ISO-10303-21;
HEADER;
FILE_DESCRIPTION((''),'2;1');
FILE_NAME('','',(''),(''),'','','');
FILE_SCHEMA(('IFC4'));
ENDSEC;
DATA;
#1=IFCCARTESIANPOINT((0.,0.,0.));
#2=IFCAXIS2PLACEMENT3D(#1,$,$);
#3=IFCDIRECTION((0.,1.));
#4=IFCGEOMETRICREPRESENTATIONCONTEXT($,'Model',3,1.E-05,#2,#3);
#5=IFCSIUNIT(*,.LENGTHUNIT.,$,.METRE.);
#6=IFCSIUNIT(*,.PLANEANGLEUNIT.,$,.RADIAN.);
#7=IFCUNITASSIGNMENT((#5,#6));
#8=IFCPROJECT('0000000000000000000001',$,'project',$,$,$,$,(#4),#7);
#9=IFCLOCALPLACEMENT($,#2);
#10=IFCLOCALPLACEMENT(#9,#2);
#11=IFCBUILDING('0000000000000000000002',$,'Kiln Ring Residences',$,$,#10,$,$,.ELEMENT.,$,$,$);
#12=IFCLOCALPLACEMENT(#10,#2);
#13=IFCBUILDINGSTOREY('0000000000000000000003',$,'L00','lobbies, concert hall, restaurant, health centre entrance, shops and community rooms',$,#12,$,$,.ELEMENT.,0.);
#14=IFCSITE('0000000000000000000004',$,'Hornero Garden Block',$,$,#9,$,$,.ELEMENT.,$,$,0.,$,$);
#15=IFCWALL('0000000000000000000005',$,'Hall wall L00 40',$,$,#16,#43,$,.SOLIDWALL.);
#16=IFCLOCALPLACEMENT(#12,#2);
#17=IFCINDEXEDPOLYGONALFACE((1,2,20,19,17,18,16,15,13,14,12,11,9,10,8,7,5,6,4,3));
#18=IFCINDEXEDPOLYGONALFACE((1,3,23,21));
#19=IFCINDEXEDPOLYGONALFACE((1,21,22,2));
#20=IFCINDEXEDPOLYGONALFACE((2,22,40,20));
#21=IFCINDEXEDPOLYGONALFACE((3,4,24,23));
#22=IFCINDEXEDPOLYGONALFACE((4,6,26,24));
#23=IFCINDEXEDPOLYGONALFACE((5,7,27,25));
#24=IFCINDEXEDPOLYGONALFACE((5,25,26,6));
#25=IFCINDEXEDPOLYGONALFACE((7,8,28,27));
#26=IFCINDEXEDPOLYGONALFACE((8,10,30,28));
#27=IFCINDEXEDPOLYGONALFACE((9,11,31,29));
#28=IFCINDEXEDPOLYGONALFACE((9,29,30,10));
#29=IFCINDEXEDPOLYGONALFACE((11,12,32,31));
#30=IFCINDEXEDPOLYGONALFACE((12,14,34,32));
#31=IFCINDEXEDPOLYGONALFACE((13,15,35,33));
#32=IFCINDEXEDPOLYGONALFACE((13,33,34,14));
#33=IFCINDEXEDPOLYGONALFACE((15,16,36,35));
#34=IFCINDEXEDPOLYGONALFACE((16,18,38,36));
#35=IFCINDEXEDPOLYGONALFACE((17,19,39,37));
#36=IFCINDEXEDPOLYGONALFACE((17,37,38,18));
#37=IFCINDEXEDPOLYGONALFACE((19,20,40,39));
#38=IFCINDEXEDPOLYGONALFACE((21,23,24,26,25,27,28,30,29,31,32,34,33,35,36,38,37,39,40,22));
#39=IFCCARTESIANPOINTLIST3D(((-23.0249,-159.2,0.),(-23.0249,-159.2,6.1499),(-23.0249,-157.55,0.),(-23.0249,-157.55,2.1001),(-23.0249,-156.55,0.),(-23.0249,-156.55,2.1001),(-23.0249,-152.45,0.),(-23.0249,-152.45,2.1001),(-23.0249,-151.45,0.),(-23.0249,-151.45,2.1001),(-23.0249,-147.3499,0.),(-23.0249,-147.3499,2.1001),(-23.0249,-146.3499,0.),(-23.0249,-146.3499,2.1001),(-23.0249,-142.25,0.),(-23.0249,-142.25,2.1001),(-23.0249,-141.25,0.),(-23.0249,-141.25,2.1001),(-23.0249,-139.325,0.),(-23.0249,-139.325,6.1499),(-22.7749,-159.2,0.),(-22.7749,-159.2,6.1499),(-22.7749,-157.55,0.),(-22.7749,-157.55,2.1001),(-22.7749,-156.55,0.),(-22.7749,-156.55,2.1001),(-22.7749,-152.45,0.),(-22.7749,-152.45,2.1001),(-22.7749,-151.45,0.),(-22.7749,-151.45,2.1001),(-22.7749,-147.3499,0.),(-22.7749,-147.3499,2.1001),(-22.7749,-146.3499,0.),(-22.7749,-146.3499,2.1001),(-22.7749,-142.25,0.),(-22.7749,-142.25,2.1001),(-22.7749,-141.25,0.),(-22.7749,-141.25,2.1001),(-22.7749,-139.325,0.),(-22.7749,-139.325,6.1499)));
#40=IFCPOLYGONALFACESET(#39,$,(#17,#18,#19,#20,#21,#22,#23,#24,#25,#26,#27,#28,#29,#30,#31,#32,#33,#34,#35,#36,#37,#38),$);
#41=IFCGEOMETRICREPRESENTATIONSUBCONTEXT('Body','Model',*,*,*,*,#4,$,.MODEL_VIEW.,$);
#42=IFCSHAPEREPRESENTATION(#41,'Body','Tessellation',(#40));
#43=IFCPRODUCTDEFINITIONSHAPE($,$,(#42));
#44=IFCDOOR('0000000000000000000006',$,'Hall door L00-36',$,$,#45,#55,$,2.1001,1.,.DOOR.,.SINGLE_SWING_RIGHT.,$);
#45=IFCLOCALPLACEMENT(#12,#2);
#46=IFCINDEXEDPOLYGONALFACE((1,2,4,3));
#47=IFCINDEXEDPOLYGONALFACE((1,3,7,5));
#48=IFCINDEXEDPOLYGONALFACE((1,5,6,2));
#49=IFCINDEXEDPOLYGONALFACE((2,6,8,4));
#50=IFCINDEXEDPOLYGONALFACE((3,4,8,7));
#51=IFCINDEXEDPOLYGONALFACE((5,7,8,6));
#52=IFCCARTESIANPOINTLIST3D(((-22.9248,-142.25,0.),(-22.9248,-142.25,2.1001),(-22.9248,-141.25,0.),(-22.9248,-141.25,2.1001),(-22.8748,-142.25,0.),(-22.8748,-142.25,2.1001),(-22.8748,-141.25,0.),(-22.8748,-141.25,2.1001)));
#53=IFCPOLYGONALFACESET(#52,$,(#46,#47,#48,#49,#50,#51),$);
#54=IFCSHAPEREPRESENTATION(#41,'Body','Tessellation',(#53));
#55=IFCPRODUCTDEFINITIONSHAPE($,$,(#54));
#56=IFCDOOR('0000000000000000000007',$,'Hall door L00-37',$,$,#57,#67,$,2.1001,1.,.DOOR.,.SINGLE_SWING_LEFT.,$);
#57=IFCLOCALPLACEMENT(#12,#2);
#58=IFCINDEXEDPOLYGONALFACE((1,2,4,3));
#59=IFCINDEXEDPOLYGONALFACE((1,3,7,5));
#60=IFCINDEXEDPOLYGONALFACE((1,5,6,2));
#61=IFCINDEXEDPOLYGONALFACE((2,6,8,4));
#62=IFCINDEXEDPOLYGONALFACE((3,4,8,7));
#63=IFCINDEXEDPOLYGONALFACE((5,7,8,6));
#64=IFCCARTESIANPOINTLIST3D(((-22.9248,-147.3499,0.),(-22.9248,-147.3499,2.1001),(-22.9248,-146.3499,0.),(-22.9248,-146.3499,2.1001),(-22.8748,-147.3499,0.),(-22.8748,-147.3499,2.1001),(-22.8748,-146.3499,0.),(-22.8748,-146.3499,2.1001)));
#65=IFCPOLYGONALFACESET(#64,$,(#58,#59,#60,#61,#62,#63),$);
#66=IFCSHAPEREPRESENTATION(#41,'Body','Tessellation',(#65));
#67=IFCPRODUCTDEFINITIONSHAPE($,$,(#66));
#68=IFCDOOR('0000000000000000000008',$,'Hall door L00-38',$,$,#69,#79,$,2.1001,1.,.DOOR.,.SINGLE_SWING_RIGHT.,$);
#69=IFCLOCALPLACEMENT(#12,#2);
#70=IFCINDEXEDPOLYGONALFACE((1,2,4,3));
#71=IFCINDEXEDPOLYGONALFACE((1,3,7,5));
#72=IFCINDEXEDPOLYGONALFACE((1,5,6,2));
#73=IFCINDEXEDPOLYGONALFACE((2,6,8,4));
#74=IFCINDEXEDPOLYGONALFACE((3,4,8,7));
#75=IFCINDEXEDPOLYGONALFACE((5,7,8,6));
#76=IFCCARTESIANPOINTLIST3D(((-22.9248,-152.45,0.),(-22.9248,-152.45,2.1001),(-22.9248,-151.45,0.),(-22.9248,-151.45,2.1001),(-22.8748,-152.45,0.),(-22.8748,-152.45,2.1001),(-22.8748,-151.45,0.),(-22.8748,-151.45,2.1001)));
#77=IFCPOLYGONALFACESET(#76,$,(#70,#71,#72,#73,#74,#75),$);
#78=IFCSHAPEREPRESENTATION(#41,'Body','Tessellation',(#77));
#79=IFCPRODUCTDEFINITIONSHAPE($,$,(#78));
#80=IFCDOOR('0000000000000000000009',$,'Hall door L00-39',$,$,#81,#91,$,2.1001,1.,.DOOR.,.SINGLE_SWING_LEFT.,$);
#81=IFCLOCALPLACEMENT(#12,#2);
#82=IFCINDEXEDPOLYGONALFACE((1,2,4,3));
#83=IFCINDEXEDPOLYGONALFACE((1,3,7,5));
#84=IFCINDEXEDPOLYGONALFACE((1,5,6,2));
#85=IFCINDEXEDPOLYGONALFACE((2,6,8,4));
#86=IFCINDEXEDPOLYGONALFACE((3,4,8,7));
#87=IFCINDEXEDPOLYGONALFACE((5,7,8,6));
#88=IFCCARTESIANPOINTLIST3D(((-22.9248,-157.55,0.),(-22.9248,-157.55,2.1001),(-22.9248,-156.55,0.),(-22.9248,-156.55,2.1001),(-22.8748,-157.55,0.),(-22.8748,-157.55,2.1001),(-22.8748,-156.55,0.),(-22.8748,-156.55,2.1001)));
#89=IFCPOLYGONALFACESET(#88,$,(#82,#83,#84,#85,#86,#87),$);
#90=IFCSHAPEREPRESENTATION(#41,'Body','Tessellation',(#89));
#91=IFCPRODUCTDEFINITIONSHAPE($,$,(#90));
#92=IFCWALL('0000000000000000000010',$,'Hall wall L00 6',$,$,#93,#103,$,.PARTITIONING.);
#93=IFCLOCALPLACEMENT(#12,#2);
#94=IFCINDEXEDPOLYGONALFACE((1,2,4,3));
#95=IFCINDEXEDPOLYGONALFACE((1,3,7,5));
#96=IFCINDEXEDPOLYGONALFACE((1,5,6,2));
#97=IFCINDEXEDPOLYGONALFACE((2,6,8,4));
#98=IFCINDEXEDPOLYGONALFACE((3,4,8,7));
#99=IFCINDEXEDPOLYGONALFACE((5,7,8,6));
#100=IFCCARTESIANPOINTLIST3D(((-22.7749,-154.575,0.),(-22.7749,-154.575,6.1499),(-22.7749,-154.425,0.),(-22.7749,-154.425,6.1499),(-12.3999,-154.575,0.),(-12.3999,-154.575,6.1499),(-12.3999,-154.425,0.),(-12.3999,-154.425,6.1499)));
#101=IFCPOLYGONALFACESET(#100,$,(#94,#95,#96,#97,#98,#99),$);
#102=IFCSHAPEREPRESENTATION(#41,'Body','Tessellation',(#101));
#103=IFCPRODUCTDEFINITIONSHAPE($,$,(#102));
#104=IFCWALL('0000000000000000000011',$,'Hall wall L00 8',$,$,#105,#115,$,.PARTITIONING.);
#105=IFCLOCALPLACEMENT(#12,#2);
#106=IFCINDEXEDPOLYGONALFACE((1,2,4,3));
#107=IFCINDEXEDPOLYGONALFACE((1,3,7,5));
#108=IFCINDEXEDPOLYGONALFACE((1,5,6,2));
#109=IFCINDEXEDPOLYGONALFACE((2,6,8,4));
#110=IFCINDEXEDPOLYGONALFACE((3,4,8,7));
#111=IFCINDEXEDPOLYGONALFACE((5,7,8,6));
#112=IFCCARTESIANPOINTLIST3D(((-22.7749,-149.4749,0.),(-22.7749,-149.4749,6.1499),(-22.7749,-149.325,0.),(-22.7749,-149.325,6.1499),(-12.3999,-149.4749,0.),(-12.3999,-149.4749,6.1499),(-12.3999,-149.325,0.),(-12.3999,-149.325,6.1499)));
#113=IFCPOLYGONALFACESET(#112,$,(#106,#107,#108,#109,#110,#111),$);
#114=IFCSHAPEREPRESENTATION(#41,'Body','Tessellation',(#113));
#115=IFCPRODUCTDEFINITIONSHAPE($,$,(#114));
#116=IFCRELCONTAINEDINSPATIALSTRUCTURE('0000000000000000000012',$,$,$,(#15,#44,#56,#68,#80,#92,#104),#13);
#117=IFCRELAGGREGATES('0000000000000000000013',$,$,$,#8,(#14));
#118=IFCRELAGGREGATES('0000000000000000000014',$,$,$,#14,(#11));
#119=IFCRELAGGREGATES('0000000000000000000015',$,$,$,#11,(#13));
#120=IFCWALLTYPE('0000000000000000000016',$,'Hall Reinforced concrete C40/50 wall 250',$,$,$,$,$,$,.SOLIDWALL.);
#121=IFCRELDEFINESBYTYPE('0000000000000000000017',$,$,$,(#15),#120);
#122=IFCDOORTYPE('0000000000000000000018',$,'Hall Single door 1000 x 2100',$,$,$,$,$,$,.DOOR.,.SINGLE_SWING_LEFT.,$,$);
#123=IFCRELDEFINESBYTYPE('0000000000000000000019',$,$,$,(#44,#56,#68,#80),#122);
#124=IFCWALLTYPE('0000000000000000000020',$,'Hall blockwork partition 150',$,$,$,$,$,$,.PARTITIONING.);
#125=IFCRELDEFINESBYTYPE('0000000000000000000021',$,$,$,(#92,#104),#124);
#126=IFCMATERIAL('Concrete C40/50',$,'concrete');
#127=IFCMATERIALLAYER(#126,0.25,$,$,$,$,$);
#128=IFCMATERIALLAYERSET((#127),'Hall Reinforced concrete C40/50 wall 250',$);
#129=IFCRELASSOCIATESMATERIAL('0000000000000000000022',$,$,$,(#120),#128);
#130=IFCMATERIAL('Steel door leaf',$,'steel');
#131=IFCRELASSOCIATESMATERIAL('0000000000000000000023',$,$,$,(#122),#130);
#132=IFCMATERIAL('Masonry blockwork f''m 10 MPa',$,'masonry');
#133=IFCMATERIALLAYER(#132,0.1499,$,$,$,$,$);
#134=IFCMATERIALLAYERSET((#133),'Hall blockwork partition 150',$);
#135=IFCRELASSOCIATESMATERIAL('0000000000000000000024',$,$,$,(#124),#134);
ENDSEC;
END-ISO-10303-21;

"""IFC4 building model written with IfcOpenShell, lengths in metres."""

from ifc_helpers import new_model, si_unit, direction, frame, frame_2d, origin, place, context, subcontext, project, spatial, rectangle, extrude, material, layer, layer_set, type_object, element, fill, save


model = new_model("IFC4")

# Units and contexts
model_context = context("Model", 3, precision=1e-05, world=origin(), true_north=direction((0.0, 1.0)))
body_context = subcontext(model_context, "Body", "Model", "MODEL_VIEW")
ifc_project = project(units=[si_unit("LENGTHUNIT", "METRE"), si_unit("PLANEANGLEUNIT", "RADIAN")], contexts=[model_context])

# Site, building, storey
site_placement = place(None, origin())
site = spatial("IfcSite", under=ifc_project, at=site_placement, Name="Hornero Garden Block", CompositionType="ELEMENT", RefElevation=0.0)
building_placement = place(site_placement, origin())
building = spatial("IfcBuilding", under=site, at=building_placement, Name="Kiln Ring Residences", CompositionType="ELEMENT")
storey_placement = place(building_placement, origin())
storey = spatial("IfcBuildingStorey", under=building, at=storey_placement, Name="L00", Description="lobbies, concert hall, restaurant, health centre entrance, shops and community rooms", CompositionType="ELEMENT", Elevation=0.0)

# Shared definitions
ifc_material_1 = material(Name="Concrete C40/50", Category="concrete")
ifc_layer_1 = layer(ifc_material_1, 0.25)
ifc_layer_set_1 = layer_set([ifc_layer_1], Name="Hall Reinforced concrete C40/50 wall 250")
wall_type_1 = type_object("IfcWallType", Name="Hall Reinforced concrete C40/50 wall 250", PredefinedType="SOLIDWALL", material=ifc_layer_set_1)
ifc_material_2 = material(Name="Steel door leaf", Category="steel")
door_type_1 = type_object("IfcDoorType", Name="Hall Single door 1000 x 2100", OperationType="SINGLE_SWING_LEFT", PredefinedType="DOOR", material=ifc_material_2)

# Wall, openings, doors
wall_1_placement = place(storey_placement, frame((-22.8999, -159.2, 0.0), z_axis=(0.0, 0.0, 1.0), x_axis=(0.0, 1.0, 0.0)))
wall_1 = element("IfcWall", 1, at=wall_1_placement, inside=storey, type_object=wall_type_1, Name="Hall wall L00 40", PredefinedType="SOLIDWALL", context=body_context, shape_type="SweptSolid", body=[
    extrude(rectangle(XDim=19.875, YDim=0.25, at=frame_2d((9.9375, 0.0))), origin(), (0.0, 0.0, 1.0), 6.1499),
])
opening_1_placement = place(wall_1_placement, frame((16.95, 0.0, 0.0)))
opening_1 = element("IfcOpeningElement", 2, at=opening_1_placement, cuts=wall_1, PredefinedType="OPENING", context=body_context, shape_type="SweptSolid", body=[
    extrude(rectangle(XDim=1.0, YDim=2.1001, at=frame_2d((0.5, 1.05))), frame((0.0, 0.135, 0.0), z_axis=(0.0, -1.0, 0.0), x_axis=(1.0, 0.0, 0.0)), (0.0, 0.0, 1.0), 0.27),
])
opening_2_placement = place(wall_1_placement, frame((11.8501, 0.0, 0.0)))
opening_2 = element("IfcOpeningElement", 3, at=opening_2_placement, cuts=wall_1, PredefinedType="OPENING", context=body_context, shape_type="SweptSolid", body=[
    extrude(rectangle(XDim=1.0, YDim=2.1001, at=frame_2d((0.5, 1.05))), frame((0.0, 0.135, 0.0), z_axis=(0.0, -1.0, 0.0), x_axis=(1.0, 0.0, 0.0)), (0.0, 0.0, 1.0), 0.27),
])
opening_3_placement = place(wall_1_placement, frame((6.75, 0.0, 0.0)))
opening_3 = element("IfcOpeningElement", 4, at=opening_3_placement, cuts=wall_1, PredefinedType="OPENING", context=body_context, shape_type="SweptSolid", body=[
    extrude(rectangle(XDim=1.0, YDim=2.1001, at=frame_2d((0.5, 1.05))), frame((0.0, 0.135, 0.0), z_axis=(0.0, -1.0, 0.0), x_axis=(1.0, 0.0, 0.0)), (0.0, 0.0, 1.0), 0.27),
])
opening_4_placement = place(wall_1_placement, frame((1.6499, 0.0, 0.0)))
opening_4 = element("IfcOpeningElement", 5, at=opening_4_placement, cuts=wall_1, PredefinedType="OPENING", context=body_context, shape_type="SweptSolid", body=[
    extrude(rectangle(XDim=1.0, YDim=2.1001, at=frame_2d((0.5, 1.05))), frame((0.0, 0.135, 0.0), z_axis=(0.0, -1.0, 0.0), x_axis=(1.0, 0.0, 0.0)), (0.0, 0.0, 1.0), 0.27),
])
door_1_placement = place(opening_1_placement, origin())
door_1 = element("IfcDoor", 6, at=door_1_placement, inside=storey, type_object=door_type_1, Name="Hall door L00-36", OperationType="SINGLE_SWING_RIGHT", OverallHeight=2.1001, OverallWidth=1.0, PredefinedType="DOOR", context=body_context, shape_type="SweptSolid", body=[
    extrude(rectangle(XDim=1.0, YDim=2.1001, at=frame_2d((0.5, 1.05))), frame((0.0, 0.0249, 0.0), z_axis=(0.0, -1.0, 0.0), x_axis=(1.0, 0.0, 0.0)), (0.0, 0.0, 1.0), 0.05),
])
fill(opening_1, door_1)
door_2_placement = place(opening_2_placement, origin())
door_2 = element("IfcDoor", 7, at=door_2_placement, inside=storey, type_object=door_type_1, Name="Hall door L00-37", OperationType="SINGLE_SWING_LEFT", OverallHeight=2.1001, OverallWidth=1.0, PredefinedType="DOOR", context=body_context, shape_type="SweptSolid", body=[
    extrude(rectangle(XDim=1.0, YDim=2.1001, at=frame_2d((0.5, 1.05))), frame((0.0, 0.0249, 0.0), z_axis=(0.0, -1.0, 0.0), x_axis=(1.0, 0.0, 0.0)), (0.0, 0.0, 1.0), 0.05),
])
fill(opening_2, door_2)
door_3_placement = place(opening_3_placement, origin())
door_3 = element("IfcDoor", 8, at=door_3_placement, inside=storey, type_object=door_type_1, Name="Hall door L00-38", OperationType="SINGLE_SWING_RIGHT", OverallHeight=2.1001, OverallWidth=1.0, PredefinedType="DOOR", context=body_context, shape_type="SweptSolid", body=[
    extrude(rectangle(XDim=1.0, YDim=2.1001, at=frame_2d((0.5, 1.05))), frame((0.0, 0.0249, 0.0), z_axis=(0.0, -1.0, 0.0), x_axis=(1.0, 0.0, 0.0)), (0.0, 0.0, 1.0), 0.05),
])
fill(opening_3, door_3)
door_4_placement = place(opening_4_placement, origin())
door_4 = element("IfcDoor", 9, at=door_4_placement, inside=storey, type_object=door_type_1, Name="Hall door L00-39", OperationType="SINGLE_SWING_LEFT", OverallHeight=2.1001, OverallWidth=1.0, PredefinedType="DOOR", context=body_context, shape_type="SweptSolid", body=[
    extrude(rectangle(XDim=1.0, YDim=2.1001, at=frame_2d((0.5, 1.05))), frame((0.0, 0.0249, 0.0), z_axis=(0.0, -1.0, 0.0), x_axis=(1.0, 0.0, 0.0)), (0.0, 0.0, 1.0), 0.05),
])
fill(opening_4, door_4)

# Walls
ifc_material_3 = material(Name="Masonry blockwork f'm 10 MPa", Category="masonry")
ifc_layer_2 = layer(ifc_material_3, 0.1499)
ifc_layer_set_2 = layer_set([ifc_layer_2], Name="Hall blockwork partition 150")
wall_type_2 = type_object("IfcWallType", Name="Hall blockwork partition 150", PredefinedType="PARTITIONING", material=ifc_layer_set_2)
for number, where, z_axis, x_axis, name in (
    (10, (-22.7749, -154.5, 0.0), (0.0, 0.0, 1.0), (1.0, 0.0, 0.0), "Hall wall L00 6"),
    (11, (-22.7749, -149.3999, 0.0), (0.0, 0.0, 1.0), (1.0, 0.0, 0.0), "Hall wall L00 8"),
):
    element("IfcWall", number, at=place(storey_placement, frame(where, z_axis=z_axis, x_axis=x_axis)), inside=storey, type_object=wall_type_2, Name=name, PredefinedType="PARTITIONING", context=body_context, shape_type="SweptSolid", body=[
        extrude(rectangle(XDim=10.375, YDim=0.1499, at=frame_2d((5.1875, 0.0))), origin(), (0.0, 0.0, 1.0), 6.1499),
    ])

save(model, "model.ifc")
